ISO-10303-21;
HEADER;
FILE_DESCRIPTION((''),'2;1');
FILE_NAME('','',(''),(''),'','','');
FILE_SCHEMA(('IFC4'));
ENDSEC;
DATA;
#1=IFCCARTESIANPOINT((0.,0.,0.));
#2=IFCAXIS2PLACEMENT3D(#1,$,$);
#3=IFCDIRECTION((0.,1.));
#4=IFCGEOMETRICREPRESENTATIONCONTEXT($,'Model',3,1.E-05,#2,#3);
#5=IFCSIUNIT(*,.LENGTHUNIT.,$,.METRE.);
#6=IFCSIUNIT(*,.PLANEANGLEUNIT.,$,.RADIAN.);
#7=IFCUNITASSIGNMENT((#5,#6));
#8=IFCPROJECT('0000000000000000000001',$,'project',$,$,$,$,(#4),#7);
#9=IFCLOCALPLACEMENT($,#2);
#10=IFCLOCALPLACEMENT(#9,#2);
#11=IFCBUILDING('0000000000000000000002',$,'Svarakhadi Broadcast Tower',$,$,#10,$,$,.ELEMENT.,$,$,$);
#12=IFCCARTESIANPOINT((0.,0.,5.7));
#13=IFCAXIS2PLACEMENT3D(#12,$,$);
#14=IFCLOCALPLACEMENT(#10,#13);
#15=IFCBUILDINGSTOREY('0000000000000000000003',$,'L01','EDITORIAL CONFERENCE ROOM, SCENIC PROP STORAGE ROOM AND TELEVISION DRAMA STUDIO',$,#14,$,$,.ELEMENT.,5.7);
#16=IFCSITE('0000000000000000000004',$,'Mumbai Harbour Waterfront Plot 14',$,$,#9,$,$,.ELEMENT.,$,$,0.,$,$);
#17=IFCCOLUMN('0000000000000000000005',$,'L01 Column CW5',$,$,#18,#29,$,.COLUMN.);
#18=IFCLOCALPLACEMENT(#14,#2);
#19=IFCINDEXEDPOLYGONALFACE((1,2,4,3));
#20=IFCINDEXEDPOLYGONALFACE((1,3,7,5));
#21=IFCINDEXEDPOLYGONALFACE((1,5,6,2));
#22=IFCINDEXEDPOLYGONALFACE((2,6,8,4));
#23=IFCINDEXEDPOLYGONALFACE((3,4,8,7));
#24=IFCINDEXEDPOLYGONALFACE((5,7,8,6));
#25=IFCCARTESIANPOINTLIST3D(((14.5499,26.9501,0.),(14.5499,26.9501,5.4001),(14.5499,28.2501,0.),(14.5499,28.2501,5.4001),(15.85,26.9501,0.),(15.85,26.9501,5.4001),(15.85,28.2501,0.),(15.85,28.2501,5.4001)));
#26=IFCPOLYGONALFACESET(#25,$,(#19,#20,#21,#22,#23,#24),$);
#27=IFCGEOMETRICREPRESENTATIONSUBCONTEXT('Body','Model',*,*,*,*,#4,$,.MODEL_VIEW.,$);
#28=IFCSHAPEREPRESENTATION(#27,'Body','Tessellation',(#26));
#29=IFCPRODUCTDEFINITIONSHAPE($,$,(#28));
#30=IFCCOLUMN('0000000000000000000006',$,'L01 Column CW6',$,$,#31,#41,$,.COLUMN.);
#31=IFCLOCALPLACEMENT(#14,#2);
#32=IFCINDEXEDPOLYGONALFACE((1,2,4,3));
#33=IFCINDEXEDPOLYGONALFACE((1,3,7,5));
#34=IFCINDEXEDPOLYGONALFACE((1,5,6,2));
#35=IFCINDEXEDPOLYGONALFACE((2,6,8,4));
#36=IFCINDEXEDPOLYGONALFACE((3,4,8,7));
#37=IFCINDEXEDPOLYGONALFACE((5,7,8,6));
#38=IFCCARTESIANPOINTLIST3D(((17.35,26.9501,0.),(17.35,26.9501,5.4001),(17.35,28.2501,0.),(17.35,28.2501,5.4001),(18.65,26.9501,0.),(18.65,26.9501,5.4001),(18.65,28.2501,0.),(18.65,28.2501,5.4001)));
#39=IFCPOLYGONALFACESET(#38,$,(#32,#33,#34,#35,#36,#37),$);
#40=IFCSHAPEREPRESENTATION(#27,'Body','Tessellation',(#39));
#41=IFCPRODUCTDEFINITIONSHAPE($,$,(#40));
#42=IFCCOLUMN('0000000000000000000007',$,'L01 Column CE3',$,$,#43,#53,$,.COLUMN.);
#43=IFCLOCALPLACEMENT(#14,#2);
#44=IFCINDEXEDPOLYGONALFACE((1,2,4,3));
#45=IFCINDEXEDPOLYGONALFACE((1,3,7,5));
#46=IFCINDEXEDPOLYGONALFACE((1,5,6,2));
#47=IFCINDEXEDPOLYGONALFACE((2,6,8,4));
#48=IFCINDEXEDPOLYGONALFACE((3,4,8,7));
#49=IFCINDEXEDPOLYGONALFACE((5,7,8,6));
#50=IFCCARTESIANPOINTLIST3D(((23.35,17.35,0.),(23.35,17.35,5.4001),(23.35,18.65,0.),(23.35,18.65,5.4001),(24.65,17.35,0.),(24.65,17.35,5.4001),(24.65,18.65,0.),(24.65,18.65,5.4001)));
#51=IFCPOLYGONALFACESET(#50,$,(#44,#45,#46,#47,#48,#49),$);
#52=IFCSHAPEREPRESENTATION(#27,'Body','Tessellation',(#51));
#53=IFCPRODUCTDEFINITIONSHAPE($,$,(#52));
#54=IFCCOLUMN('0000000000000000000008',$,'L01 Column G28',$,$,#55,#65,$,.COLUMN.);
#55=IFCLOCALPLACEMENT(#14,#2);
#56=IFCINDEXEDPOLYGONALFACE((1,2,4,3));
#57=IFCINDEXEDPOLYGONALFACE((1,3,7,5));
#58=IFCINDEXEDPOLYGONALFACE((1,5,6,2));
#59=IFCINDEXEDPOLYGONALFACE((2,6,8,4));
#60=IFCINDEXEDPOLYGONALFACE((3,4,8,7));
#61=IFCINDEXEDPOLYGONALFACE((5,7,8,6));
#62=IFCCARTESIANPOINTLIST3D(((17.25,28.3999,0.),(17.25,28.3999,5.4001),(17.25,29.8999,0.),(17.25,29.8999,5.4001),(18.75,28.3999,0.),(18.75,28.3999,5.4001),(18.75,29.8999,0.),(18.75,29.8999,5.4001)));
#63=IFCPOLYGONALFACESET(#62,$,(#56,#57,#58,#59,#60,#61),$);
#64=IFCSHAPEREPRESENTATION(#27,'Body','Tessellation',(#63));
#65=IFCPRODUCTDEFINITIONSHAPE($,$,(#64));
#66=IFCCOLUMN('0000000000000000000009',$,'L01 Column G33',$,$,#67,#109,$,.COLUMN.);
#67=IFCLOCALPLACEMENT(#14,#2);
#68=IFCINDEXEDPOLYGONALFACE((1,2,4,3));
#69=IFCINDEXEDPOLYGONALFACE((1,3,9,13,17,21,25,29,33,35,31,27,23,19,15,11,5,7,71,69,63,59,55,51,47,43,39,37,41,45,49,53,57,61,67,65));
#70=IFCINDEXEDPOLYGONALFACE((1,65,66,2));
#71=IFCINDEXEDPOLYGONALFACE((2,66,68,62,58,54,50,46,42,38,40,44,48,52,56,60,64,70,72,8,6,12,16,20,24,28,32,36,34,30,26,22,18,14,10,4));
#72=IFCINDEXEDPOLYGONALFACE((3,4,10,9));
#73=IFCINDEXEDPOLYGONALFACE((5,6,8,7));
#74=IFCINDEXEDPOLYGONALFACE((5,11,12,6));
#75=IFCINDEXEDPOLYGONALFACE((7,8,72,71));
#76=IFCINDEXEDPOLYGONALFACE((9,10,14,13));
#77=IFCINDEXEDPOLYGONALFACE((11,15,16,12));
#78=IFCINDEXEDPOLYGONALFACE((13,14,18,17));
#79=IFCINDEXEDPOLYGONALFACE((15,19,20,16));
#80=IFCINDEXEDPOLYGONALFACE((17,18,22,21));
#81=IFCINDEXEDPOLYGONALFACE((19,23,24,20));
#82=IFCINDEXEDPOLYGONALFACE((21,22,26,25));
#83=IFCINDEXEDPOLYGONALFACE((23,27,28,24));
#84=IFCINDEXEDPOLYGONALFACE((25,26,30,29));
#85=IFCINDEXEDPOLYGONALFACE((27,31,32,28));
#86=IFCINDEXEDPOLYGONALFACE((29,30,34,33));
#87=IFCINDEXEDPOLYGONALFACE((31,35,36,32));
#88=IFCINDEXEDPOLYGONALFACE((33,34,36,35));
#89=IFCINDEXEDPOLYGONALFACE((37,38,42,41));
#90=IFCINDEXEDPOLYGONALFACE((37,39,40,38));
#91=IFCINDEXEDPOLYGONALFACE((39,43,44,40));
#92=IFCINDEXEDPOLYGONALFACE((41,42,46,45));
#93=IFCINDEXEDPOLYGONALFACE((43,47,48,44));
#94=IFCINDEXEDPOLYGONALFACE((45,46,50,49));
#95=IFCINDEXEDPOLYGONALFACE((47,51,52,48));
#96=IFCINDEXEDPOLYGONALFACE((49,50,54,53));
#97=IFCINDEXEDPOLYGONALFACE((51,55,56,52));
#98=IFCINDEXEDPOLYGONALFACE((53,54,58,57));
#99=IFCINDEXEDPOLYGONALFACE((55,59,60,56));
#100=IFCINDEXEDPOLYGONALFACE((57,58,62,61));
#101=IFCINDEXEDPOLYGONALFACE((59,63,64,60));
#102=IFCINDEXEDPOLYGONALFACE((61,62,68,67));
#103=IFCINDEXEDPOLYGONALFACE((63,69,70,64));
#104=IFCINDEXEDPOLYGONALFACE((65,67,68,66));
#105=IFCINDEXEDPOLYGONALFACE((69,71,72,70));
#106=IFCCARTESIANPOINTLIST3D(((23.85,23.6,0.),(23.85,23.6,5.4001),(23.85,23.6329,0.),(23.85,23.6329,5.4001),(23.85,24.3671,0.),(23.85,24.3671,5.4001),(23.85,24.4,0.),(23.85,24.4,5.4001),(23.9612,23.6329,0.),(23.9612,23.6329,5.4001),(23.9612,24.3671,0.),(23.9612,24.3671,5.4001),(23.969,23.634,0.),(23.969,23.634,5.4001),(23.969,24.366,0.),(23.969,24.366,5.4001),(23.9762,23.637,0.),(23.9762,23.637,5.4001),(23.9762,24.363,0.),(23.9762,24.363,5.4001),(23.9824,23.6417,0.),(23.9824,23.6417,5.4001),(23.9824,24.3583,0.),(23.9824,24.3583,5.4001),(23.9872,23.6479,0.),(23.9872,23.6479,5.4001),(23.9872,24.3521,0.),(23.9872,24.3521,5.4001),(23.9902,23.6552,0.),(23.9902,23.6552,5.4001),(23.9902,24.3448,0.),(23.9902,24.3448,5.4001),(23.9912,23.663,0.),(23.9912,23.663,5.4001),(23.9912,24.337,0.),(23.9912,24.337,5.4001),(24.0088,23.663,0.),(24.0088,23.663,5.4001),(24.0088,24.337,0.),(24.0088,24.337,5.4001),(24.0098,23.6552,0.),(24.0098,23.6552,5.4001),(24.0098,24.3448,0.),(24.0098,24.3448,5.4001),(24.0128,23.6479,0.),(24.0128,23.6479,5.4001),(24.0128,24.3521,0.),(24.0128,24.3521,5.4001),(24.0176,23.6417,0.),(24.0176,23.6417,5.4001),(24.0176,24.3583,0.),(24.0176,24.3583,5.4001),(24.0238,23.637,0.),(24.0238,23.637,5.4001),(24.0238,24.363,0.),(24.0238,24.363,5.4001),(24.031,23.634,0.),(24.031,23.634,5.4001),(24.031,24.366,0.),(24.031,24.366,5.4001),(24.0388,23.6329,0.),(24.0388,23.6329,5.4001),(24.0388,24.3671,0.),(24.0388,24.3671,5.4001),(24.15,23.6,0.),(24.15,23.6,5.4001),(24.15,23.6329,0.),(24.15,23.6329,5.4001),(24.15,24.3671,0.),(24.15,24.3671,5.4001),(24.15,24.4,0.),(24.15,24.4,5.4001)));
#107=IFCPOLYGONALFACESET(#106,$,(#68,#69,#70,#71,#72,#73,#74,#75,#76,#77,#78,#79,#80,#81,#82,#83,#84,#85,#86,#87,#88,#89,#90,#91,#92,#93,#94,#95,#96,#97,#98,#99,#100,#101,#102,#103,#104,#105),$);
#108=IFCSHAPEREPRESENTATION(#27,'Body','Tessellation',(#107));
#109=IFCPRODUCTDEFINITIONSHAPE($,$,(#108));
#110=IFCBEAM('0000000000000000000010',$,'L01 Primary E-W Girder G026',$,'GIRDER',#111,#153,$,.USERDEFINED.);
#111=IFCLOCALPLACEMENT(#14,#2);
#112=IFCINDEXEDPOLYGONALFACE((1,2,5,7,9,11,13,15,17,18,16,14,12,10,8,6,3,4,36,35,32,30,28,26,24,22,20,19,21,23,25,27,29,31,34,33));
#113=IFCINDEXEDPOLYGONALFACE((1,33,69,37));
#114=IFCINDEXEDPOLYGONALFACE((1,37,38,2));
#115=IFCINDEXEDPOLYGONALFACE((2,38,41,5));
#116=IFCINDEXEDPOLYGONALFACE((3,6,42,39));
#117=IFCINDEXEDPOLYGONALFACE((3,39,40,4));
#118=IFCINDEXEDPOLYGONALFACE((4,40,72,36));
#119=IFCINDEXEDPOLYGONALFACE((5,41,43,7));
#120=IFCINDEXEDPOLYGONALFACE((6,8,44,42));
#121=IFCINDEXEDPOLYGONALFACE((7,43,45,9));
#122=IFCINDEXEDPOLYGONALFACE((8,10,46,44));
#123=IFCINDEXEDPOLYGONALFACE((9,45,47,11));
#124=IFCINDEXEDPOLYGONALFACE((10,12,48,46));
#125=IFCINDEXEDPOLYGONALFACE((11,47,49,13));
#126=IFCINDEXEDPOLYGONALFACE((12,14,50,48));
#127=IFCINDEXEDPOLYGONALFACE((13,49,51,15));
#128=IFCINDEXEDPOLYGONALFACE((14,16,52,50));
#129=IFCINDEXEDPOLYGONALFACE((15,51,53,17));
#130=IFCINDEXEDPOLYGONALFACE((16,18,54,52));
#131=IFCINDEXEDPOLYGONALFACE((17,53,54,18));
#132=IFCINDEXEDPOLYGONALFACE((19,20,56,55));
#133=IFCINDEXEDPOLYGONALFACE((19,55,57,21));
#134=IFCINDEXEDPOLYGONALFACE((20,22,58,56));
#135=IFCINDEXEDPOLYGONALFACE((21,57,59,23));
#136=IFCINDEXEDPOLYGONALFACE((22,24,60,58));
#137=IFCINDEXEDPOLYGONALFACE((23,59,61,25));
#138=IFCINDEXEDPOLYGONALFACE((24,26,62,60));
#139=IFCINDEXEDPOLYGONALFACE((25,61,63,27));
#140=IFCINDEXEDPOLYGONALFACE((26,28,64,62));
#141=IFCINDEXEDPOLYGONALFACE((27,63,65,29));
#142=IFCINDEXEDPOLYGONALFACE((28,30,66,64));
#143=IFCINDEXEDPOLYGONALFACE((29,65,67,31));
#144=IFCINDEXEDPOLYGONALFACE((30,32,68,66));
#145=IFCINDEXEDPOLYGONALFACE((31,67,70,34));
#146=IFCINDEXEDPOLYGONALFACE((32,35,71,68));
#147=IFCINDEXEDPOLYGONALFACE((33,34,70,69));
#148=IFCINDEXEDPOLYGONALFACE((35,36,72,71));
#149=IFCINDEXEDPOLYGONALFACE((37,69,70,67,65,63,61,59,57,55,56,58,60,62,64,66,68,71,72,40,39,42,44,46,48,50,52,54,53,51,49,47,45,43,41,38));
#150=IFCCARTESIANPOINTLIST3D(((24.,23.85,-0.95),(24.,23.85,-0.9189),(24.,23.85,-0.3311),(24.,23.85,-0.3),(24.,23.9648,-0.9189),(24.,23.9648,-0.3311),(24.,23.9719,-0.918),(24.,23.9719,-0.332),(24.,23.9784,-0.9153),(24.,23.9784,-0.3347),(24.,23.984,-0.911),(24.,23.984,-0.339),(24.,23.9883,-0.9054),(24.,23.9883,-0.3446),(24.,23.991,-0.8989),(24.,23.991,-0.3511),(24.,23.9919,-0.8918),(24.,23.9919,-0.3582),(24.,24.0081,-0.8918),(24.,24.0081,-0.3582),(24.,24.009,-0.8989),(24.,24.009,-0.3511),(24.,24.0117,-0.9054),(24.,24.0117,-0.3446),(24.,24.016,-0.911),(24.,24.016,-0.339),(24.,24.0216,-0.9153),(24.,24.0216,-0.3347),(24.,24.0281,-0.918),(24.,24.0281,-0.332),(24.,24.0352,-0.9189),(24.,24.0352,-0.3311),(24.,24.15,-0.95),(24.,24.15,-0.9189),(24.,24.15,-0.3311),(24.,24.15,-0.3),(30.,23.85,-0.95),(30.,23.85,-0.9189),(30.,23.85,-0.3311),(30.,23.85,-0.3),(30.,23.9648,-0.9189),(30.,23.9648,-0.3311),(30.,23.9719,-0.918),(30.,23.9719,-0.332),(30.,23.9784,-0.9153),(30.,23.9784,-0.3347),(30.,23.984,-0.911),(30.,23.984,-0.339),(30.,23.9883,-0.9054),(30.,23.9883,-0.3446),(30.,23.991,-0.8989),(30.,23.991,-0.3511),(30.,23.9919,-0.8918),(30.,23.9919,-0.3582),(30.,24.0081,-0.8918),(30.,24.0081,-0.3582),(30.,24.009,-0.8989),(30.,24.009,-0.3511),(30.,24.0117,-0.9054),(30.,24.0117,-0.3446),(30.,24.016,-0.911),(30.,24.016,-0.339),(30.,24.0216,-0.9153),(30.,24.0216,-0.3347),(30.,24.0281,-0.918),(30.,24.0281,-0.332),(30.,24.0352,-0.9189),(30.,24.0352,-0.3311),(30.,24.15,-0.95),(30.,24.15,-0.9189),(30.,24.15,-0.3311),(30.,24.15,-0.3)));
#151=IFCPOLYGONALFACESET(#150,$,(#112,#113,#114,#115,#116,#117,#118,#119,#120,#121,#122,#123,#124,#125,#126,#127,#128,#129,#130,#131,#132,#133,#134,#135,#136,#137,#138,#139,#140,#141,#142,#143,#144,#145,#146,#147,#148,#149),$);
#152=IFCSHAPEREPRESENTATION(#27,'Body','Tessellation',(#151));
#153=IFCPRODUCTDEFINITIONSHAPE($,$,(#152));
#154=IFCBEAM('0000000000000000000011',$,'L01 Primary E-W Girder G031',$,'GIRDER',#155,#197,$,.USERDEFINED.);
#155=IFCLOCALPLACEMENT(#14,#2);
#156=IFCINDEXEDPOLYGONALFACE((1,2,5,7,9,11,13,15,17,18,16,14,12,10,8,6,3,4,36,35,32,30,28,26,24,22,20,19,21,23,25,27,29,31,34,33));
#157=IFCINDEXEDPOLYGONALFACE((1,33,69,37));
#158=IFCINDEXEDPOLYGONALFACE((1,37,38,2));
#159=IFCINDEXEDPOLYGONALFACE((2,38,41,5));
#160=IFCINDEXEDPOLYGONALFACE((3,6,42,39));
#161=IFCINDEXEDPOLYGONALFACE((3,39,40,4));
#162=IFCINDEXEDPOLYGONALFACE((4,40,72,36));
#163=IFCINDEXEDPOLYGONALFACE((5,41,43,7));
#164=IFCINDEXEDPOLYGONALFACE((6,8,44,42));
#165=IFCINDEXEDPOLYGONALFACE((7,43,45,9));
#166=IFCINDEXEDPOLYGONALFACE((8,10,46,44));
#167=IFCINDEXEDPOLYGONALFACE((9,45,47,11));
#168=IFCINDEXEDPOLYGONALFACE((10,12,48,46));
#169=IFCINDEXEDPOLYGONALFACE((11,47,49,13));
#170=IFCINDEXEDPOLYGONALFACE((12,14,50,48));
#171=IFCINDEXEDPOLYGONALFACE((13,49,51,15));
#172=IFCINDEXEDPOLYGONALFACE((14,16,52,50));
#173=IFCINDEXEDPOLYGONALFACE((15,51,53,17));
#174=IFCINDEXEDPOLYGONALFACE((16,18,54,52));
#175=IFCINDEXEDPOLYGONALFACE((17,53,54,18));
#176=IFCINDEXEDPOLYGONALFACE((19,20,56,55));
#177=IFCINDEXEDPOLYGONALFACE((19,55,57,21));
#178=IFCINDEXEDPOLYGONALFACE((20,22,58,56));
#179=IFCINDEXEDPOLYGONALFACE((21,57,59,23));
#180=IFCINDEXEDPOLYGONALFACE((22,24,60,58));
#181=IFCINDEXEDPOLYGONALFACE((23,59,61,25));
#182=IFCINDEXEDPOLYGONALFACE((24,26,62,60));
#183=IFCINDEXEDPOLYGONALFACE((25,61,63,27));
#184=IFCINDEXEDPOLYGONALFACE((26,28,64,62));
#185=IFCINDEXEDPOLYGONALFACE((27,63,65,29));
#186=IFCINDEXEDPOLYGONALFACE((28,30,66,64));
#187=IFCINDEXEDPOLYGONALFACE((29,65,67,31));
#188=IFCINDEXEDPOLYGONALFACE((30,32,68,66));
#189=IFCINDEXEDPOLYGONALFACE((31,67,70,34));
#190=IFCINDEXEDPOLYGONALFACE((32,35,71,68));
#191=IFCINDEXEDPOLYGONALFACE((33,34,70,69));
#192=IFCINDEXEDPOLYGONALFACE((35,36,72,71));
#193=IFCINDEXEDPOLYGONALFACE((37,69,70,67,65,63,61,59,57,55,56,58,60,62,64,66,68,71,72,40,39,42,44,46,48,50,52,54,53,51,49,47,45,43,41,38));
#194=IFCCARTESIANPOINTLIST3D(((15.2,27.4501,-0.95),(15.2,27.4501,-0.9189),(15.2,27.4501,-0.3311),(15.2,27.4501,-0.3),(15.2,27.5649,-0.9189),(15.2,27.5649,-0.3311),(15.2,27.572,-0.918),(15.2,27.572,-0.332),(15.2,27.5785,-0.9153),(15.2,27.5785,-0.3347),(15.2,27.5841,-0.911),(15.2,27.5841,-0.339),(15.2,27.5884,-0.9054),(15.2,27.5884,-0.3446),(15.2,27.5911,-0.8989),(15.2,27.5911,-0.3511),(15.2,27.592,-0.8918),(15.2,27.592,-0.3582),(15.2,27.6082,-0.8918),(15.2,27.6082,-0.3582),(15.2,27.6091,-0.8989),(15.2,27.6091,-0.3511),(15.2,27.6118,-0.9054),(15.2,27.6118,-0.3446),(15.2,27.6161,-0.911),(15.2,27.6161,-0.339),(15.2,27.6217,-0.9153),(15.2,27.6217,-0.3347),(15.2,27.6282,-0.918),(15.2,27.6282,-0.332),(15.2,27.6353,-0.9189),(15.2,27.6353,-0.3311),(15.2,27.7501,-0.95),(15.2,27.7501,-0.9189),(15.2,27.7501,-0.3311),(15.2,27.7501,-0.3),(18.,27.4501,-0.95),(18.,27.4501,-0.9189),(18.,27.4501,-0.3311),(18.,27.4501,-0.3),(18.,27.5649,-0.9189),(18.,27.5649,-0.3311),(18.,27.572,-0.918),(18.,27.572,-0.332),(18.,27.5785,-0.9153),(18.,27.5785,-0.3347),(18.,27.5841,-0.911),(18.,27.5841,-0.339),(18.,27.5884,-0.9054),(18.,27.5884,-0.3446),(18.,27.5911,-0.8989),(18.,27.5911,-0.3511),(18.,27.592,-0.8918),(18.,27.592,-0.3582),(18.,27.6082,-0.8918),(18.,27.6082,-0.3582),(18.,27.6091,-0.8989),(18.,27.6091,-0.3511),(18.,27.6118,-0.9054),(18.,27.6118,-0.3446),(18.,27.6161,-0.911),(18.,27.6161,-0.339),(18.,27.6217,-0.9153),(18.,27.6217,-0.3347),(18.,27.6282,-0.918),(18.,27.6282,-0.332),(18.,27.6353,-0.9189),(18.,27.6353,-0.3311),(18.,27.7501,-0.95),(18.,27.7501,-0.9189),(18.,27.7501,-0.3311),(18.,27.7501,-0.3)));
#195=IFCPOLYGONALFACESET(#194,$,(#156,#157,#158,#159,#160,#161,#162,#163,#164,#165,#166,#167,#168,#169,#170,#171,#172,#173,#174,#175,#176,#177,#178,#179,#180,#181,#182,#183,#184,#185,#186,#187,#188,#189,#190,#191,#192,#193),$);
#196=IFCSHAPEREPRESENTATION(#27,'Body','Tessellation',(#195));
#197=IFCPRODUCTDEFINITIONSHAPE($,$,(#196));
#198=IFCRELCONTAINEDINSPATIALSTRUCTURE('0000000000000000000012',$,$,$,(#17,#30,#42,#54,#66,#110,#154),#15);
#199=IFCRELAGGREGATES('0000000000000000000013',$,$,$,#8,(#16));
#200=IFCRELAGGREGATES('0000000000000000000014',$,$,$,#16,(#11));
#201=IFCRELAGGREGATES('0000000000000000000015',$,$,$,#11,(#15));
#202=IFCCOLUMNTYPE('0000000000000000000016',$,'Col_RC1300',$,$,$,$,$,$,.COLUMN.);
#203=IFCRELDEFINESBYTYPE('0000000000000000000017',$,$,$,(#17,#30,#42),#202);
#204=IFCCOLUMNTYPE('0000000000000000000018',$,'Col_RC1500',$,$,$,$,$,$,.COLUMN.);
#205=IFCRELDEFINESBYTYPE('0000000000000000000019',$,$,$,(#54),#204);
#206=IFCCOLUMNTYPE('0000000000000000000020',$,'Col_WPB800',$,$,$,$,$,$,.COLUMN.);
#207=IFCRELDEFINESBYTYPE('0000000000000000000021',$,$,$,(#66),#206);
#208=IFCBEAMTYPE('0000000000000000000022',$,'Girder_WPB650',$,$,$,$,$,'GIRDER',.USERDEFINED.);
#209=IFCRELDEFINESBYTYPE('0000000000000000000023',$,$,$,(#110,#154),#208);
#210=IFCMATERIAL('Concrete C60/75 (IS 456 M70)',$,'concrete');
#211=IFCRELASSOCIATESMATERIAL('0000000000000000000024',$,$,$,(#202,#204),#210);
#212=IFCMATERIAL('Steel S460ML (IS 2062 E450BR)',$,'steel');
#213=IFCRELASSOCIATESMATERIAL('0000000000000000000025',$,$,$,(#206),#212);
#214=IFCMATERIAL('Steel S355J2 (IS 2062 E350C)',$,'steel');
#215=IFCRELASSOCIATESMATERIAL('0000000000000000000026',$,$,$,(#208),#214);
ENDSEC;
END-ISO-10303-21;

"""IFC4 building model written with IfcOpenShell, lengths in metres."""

from ifc_helpers import new_model, si_unit, direction, frame, origin, origin_2d, place, context, subcontext, project, spatial, rectangle, i_section, extrude, material, material_profile, profile_set, type_object, element, save


model = new_model("IFC4")

# Units and contexts
model_context = context("Model", 3, precision=1e-05, world=origin(), true_north=direction((0.0, 1.0)))
body_context = subcontext(model_context, "Body", "Model", "MODEL_VIEW")
ifc_project = project(units=[si_unit("LENGTHUNIT", "METRE"), si_unit("PLANEANGLEUNIT", "RADIAN")], contexts=[model_context])

# Site, building, storey
site_placement = place(None, origin())
site = spatial("IfcSite", under=ifc_project, at=site_placement, Name="Mumbai Harbour Waterfront Plot 14", CompositionType="ELEMENT", RefElevation=0.0)
building_placement = place(site_placement, origin())
building = spatial("IfcBuilding", under=site, at=building_placement, Name="Svarakhadi Broadcast Tower", CompositionType="ELEMENT")
storey_placement = place(building_placement, frame((0.0, 0.0, 5.7)))
storey = spatial("IfcBuildingStorey", under=building, at=storey_placement, Name="L01", Description="EDITORIAL CONFERENCE ROOM, SCENIC PROP STORAGE ROOM AND TELEVISION DRAMA STUDIO", CompositionType="ELEMENT", Elevation=5.7)

# Columns
ifc_material_1 = material(Name="Concrete C60/75 (IS 456 M70)", Category="concrete")
ifc_material_profile_1 = material_profile(ifc_material_1, rectangle(XDim=1.3, YDim=1.3, at=origin_2d()), Name="RC 1300x1300")
ifc_profile_set_1 = profile_set([ifc_material_profile_1], Name="Concrete C60/75 (IS 456 M70)")
column_type_1 = type_object("IfcColumnType", Name="Col_RC1300", PredefinedType="COLUMN", material=ifc_profile_set_1)
for number, where, z_axis, x_axis, name in (
    (1, (15.2, 27.6001, 0.0), (0.0, 0.0, 1.0), (1.0, 0.0, 0.0), "L01 Column CW5"),
    (2, (18.0, 27.6001, 0.0), (0.0, 0.0, 1.0), (1.0, 0.0, 0.0), "L01 Column CW6"),
    (3, (24.0, 18.0, 0.0), (0.0, 0.0, 1.0), (1.0, 0.0, 0.0), "L01 Column CE3"),
):
    element("IfcColumn", number, at=place(storey_placement, frame(where, z_axis=z_axis, x_axis=x_axis)), inside=storey, type_object=column_type_1, Name=name, PredefinedType="COLUMN", context=body_context, shape_type="SweptSolid", body=[
        extrude(rectangle(XDim=1.3, YDim=1.3, at=origin_2d()), origin(), (0.0, 0.0, 1.0), 5.4001),
    ])
ifc_material_profile_2 = material_profile(ifc_material_1, rectangle(XDim=1.5, YDim=1.5, at=origin_2d()), Name="RC 1500x1500")
ifc_profile_set_2 = profile_set([ifc_material_profile_2], Name="Concrete C60/75 (IS 456 M70)")
column_type_2 = type_object("IfcColumnType", Name="Col_RC1500", PredefinedType="COLUMN", material=ifc_profile_set_2)
column_1_placement = place(storey_placement, frame((18.0, 29.1499, 0.0), z_axis=(0.0, 0.0, 1.0), x_axis=(1.0, 0.0, 0.0)))
element("IfcColumn", 4, at=column_1_placement, inside=storey, type_object=column_type_2, Name="L01 Column G28", PredefinedType="COLUMN", context=body_context, shape_type="SweptSolid", body=[
    extrude(rectangle(XDim=1.5, YDim=1.5, at=origin_2d()), origin(), (0.0, 0.0, 1.0), 5.4001),
])
ifc_material_2 = material(Name="Steel S460ML (IS 2062 E450BR)", Category="steel")
ifc_material_profile_3 = material_profile(ifc_material_2, i_section(OverallWidth=0.3, OverallDepth=0.8, WebThickness=0.0176, FlangeThickness=0.033, FilletRadius=0.03, at=origin_2d()), Name="WPB 800x300x262")
ifc_profile_set_3 = profile_set([ifc_material_profile_3], Name="Steel S460ML (IS 2062 E450BR)")
column_type_3 = type_object("IfcColumnType", Name="Col_WPB800", PredefinedType="COLUMN", material=ifc_profile_set_3)
column_2_placement = place(storey_placement, frame((24.0, 24.0, 0.0), z_axis=(0.0, 0.0, 1.0), x_axis=(1.0, 0.0, 0.0)))
element("IfcColumn", 5, at=column_2_placement, inside=storey, type_object=column_type_3, Name="L01 Column G33", PredefinedType="COLUMN", context=body_context, shape_type="SweptSolid", body=[
    extrude(i_section(OverallWidth=0.3, OverallDepth=0.8, WebThickness=0.0176, FlangeThickness=0.033, FilletRadius=0.03, at=origin_2d()), origin(), (0.0, 0.0, 1.0), 5.4001),
])

# Beams
ifc_material_3 = material(Name="Steel S355J2 (IS 2062 E350C)", Category="steel")
ifc_material_profile_4 = material_profile(ifc_material_3, i_section(OverallWidth=0.3, OverallDepth=0.6499, WebThickness=0.0161, FlangeThickness=0.031, FilletRadius=0.0271, at=origin_2d()), Name="WPB 650x300x225")
ifc_profile_set_4 = profile_set([ifc_material_profile_4], Name="Steel S355J2 (IS 2062 E350C)")
beam_type_1 = type_object("IfcBeamType", Name="Girder_WPB650", ElementType="GIRDER", PredefinedType="USERDEFINED", material=ifc_profile_set_4)
beam_1_placement = place(storey_placement, frame((24.0, 24.0, -0.625), z_axis=(1.0, 0.0, 0.0), x_axis=(0.0, 1.0, 0.0)))
element("IfcBeam", 6, at=beam_1_placement, inside=storey, type_object=beam_type_1, Name="L01 Primary E-W Girder G026", ObjectType="GIRDER", PredefinedType="USERDEFINED", context=body_context, shape_type="SweptSolid", body=[
    extrude(i_section(OverallWidth=0.3, OverallDepth=0.6499, WebThickness=0.0161, FlangeThickness=0.031, FilletRadius=0.0271, at=origin_2d()), origin(), (0.0, 0.0, 1.0), 6.0),
])
beam_2_placement = place(storey_placement, frame((15.2, 27.6001, -0.625), z_axis=(1.0, 0.0, 0.0), x_axis=(0.0, 1.0, 0.0)))
element("IfcBeam", 7, at=beam_2_placement, inside=storey, type_object=beam_type_1, Name="L01 Primary E-W Girder G031", ObjectType="GIRDER", PredefinedType="USERDEFINED", context=body_context, shape_type="SweptSolid", body=[
    extrude(i_section(OverallWidth=0.3, OverallDepth=0.6499, WebThickness=0.0161, FlangeThickness=0.031, FilletRadius=0.0271, at=origin_2d()), origin(), (0.0, 0.0, 1.0), 2.8),
])

save(model, "model.ifc")
